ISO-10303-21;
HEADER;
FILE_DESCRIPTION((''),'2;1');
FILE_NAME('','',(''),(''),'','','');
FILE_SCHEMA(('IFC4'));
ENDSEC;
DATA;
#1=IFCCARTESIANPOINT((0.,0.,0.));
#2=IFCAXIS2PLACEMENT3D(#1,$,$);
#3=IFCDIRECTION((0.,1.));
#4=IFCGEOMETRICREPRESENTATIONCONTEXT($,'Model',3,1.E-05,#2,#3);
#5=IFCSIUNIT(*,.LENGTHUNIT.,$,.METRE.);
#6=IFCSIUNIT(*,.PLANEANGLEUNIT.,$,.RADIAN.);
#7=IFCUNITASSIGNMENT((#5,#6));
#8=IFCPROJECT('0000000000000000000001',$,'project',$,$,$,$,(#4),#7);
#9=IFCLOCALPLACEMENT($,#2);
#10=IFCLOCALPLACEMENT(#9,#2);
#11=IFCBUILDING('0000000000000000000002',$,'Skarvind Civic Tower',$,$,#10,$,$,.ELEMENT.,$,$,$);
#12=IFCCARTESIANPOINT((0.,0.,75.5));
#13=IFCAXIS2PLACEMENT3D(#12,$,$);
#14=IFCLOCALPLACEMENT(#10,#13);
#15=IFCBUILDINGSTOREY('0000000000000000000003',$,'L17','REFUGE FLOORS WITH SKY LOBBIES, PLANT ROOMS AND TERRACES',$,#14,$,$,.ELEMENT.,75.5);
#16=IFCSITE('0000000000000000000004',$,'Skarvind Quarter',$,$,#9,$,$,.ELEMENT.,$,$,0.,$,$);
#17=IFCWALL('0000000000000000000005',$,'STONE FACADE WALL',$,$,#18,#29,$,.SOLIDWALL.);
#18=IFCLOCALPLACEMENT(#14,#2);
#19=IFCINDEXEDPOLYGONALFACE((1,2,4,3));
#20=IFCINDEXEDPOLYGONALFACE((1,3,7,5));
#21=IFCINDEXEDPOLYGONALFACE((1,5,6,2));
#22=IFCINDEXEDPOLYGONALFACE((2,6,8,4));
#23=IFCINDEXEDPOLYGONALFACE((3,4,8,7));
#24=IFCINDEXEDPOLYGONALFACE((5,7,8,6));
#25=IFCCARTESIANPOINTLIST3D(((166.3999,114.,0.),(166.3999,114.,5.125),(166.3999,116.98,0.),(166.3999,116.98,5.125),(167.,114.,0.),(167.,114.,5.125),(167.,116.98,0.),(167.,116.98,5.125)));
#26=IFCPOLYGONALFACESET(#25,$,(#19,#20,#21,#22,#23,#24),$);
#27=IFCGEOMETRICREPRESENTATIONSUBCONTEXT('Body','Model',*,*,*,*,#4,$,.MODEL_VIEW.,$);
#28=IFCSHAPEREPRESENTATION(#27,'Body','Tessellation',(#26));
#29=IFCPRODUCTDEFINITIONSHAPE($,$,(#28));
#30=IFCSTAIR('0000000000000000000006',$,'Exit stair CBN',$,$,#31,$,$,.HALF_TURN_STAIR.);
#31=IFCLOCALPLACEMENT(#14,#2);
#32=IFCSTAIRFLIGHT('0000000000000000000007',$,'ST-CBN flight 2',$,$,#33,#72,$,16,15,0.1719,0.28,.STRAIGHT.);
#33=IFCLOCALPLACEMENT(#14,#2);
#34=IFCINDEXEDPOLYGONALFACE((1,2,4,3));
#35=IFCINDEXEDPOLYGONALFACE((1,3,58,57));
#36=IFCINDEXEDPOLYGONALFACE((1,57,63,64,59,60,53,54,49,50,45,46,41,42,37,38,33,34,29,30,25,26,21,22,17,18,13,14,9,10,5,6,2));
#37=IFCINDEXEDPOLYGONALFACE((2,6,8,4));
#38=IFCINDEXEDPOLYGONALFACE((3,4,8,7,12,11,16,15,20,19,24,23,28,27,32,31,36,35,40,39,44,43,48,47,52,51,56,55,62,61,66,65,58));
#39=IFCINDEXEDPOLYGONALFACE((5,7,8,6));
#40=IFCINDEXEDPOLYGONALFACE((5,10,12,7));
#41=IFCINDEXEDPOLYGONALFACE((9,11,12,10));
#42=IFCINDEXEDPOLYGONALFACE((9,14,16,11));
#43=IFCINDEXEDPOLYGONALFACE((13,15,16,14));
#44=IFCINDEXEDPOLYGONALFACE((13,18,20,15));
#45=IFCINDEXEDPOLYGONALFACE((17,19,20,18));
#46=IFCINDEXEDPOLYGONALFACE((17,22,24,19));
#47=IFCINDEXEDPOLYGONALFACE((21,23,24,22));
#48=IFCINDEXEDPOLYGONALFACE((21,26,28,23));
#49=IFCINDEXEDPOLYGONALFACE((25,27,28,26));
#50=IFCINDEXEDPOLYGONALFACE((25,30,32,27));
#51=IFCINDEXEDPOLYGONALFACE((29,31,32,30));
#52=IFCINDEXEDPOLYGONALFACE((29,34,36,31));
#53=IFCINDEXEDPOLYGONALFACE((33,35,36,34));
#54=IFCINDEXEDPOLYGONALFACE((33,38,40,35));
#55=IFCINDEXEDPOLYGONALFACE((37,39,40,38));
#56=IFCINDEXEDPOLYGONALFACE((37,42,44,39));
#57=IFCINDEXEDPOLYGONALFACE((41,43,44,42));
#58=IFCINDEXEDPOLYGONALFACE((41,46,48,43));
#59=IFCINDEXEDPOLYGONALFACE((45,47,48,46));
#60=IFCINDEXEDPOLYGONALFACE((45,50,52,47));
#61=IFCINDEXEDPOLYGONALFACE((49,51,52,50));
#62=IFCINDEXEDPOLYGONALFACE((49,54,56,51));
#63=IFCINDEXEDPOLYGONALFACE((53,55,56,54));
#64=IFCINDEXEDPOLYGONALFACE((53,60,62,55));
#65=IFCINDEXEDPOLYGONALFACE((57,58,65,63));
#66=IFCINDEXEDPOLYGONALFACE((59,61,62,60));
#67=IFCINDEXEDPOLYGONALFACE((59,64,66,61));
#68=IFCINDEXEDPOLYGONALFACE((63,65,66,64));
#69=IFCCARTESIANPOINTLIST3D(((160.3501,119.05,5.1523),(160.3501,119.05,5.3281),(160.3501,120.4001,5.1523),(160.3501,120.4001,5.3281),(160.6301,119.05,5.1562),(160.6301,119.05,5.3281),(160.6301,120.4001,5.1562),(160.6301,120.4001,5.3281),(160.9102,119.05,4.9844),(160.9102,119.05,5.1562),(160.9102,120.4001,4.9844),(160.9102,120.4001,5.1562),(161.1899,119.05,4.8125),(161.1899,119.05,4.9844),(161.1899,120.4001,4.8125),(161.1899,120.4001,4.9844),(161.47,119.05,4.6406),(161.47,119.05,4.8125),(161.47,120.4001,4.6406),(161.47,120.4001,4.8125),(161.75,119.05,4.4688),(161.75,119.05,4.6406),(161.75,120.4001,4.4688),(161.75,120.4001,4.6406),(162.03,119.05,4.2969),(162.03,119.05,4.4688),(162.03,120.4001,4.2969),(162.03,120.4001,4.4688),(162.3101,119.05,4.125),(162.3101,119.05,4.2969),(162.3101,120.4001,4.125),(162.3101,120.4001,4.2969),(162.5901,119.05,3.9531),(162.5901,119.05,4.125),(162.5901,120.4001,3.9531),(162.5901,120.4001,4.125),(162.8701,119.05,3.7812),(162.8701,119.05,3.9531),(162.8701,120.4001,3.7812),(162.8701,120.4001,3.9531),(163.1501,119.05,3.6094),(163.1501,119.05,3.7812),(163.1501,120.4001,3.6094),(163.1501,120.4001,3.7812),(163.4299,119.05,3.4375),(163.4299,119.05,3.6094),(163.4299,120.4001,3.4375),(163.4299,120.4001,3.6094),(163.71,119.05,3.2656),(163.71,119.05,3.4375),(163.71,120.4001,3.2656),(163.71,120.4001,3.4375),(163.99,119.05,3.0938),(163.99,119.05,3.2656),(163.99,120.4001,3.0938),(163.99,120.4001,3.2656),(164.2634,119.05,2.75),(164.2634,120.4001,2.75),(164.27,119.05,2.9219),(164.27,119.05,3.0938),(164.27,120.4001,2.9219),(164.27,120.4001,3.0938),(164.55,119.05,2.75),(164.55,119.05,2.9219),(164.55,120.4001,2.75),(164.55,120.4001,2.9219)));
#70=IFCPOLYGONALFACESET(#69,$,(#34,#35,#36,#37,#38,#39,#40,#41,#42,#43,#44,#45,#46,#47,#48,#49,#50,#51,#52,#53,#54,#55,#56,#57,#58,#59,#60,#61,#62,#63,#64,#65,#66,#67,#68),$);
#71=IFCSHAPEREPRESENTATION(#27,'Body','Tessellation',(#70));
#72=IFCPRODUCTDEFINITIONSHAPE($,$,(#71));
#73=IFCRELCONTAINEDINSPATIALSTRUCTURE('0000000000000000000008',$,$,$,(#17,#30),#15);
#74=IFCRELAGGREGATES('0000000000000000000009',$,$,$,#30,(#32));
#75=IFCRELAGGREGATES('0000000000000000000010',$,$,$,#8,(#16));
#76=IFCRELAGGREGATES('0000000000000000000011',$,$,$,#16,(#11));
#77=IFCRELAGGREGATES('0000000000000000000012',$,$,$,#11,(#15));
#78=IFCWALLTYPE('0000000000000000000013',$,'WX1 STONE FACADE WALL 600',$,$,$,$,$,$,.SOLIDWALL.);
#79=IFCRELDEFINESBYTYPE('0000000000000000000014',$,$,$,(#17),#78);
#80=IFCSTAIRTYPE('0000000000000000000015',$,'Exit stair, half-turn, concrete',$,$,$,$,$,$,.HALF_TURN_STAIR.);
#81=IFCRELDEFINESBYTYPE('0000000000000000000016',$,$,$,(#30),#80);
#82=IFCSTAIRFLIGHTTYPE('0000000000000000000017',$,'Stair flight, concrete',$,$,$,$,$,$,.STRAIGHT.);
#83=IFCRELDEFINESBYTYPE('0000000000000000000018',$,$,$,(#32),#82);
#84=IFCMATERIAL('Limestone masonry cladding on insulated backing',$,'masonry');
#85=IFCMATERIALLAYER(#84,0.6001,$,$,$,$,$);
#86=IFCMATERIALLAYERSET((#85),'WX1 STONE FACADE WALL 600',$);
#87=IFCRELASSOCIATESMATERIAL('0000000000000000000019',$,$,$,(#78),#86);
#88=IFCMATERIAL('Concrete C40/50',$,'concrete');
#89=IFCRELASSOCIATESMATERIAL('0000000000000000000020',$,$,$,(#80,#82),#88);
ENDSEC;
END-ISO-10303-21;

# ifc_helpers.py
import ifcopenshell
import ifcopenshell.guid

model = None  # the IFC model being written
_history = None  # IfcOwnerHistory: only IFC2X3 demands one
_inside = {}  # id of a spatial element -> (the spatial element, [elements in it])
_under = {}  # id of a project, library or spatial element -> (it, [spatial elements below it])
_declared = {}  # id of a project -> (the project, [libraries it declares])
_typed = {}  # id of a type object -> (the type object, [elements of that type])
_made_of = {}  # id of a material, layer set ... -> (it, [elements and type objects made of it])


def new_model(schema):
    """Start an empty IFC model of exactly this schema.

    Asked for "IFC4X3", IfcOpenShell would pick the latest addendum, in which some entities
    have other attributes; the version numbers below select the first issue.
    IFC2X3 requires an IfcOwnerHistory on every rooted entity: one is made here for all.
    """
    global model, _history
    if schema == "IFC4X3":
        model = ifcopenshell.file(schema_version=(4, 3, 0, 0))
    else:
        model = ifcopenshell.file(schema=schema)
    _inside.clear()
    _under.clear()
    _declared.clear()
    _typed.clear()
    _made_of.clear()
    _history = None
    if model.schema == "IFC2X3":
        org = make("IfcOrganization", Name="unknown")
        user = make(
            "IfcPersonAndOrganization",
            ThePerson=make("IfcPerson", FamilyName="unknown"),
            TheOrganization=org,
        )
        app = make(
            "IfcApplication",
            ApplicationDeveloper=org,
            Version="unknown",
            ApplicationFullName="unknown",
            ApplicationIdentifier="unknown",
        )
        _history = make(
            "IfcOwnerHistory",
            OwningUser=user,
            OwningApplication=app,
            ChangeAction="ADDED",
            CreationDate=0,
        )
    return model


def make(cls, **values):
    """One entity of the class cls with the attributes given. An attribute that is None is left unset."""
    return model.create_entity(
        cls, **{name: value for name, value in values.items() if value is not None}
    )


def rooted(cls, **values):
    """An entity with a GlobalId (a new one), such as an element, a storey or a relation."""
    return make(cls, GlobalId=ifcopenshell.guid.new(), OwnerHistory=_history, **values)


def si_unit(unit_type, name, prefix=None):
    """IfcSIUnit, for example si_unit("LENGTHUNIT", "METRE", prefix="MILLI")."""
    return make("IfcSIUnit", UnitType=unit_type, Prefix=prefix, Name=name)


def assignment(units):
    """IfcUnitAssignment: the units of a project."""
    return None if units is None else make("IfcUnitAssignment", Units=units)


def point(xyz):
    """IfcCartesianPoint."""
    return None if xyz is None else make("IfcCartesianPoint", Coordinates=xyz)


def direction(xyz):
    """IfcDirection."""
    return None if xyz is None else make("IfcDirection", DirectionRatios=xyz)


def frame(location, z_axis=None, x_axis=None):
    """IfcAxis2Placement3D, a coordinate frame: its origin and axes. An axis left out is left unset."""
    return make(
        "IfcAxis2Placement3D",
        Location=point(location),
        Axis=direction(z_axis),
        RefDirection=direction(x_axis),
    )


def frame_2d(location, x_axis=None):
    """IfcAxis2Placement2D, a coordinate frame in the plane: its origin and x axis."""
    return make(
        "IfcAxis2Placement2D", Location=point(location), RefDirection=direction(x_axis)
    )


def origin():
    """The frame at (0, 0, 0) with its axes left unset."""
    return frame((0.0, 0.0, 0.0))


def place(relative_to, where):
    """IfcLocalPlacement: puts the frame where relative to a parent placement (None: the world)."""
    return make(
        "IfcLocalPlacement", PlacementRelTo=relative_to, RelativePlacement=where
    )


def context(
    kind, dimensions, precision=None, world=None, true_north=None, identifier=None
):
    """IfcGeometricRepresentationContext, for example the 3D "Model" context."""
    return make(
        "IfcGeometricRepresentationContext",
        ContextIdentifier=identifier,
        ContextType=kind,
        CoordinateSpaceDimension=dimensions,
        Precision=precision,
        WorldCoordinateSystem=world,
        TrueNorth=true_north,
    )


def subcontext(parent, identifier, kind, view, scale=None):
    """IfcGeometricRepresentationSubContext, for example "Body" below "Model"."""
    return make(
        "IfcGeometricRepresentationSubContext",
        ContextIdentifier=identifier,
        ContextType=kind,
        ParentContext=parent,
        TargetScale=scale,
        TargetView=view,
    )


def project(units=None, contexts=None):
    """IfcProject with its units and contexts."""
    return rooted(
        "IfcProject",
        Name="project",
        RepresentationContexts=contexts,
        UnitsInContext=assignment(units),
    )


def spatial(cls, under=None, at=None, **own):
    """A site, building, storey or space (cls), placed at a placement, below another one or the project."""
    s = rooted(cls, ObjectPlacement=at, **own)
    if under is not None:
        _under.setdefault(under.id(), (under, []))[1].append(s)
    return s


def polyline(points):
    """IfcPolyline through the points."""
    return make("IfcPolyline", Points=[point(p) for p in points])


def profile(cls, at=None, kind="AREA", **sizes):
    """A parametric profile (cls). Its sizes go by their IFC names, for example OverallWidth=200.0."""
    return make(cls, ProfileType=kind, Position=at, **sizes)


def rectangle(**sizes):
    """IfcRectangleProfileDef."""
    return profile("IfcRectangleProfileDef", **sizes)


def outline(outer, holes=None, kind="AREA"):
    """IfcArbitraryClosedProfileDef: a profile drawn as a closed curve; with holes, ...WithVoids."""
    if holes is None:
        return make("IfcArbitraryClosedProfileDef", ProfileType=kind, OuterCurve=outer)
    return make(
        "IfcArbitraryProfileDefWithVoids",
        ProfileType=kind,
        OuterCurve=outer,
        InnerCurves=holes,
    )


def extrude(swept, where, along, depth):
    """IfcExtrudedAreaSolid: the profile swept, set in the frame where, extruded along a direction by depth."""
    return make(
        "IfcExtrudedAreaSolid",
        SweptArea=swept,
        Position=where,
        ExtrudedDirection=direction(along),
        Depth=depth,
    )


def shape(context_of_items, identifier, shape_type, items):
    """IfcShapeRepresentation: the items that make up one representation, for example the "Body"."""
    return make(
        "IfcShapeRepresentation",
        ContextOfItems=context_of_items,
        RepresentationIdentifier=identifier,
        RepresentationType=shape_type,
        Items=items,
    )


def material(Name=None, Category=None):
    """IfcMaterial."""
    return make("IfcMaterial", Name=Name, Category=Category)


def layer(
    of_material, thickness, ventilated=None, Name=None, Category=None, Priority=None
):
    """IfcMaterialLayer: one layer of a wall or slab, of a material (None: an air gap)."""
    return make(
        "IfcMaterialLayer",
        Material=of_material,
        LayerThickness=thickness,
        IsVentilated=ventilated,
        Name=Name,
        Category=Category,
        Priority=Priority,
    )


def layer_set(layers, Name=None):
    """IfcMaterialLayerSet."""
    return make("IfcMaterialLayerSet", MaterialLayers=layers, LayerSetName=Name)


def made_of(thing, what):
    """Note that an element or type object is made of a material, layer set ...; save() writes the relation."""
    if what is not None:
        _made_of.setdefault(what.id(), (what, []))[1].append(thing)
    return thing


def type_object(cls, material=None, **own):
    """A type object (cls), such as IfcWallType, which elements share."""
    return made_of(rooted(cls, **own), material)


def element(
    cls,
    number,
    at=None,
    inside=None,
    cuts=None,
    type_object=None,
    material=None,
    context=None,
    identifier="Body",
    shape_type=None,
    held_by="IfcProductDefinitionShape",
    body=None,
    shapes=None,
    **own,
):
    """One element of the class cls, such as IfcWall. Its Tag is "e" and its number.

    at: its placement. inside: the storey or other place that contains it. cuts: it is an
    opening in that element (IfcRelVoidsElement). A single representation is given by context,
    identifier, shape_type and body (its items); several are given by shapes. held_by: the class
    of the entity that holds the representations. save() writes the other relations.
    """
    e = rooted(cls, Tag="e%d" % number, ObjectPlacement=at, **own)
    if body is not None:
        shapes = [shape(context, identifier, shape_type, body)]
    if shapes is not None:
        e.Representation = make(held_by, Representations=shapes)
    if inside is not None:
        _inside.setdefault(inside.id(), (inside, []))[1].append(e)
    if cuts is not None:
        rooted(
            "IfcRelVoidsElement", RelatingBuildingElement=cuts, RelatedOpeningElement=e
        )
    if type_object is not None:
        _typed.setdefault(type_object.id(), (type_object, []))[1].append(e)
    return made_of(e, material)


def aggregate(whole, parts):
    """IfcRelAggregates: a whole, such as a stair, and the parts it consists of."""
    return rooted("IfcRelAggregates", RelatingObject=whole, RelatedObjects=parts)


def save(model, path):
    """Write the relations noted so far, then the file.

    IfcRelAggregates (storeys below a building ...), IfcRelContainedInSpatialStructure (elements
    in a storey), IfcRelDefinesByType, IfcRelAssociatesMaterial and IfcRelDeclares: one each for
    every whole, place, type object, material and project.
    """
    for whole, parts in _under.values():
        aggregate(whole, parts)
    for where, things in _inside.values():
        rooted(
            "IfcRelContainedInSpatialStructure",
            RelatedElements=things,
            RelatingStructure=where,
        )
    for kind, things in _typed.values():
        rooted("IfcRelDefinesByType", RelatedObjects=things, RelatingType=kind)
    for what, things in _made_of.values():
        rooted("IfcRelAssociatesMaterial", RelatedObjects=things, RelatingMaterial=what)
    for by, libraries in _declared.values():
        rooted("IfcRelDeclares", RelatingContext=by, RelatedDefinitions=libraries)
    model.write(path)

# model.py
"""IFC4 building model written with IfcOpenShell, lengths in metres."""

from ifc_helpers import new_model, si_unit, direction, frame, frame_2d, origin, place, context, subcontext, project, spatial, polyline, rectangle, outline, extrude, material, layer, layer_set, type_object, element, aggregate, save


model = new_model("IFC4")

# Units and contexts
model_context = context("Model", 3, precision=1e-05, world=origin(), true_north=direction((0.0, 1.0)))
body_context = subcontext(model_context, "Body", "Model", "MODEL_VIEW")
ifc_project = project(units=[si_unit("LENGTHUNIT", "METRE"), si_unit("PLANEANGLEUNIT", "RADIAN")], contexts=[model_context])

# Site, building, storey
site_placement = place(None, origin())
site = spatial("IfcSite", under=ifc_project, at=site_placement, Name="Skarvind Quarter", CompositionType="ELEMENT", RefElevation=0.0)
building_placement = place(site_placement, origin())
building = spatial("IfcBuilding", under=site, at=building_placement, Name="Skarvind Civic Tower", CompositionType="ELEMENT")
storey_placement = place(building_placement, frame((0.0, 0.0, 75.5)))
storey = spatial("IfcBuildingStorey", under=building, at=storey_placement, Name="L17", Description="REFUGE FLOORS WITH SKY LOBBIES, PLANT ROOMS AND TERRACES", CompositionType="ELEMENT", Elevation=75.5)

# Wall
ifc_material_1 = material(Name="Limestone masonry cladding on insulated backing", Category="masonry")
ifc_layer_1 = layer(ifc_material_1, 0.6001)
ifc_layer_set_1 = layer_set([ifc_layer_1], Name="WX1 STONE FACADE WALL 600")
wall_type_1 = type_object("IfcWallType", Name="WX1 STONE FACADE WALL 600", PredefinedType="SOLIDWALL", material=ifc_layer_set_1)
wall_1_placement = place(storey_placement, frame((166.7, 116.98, 0.0), z_axis=(0.0, 0.0, 1.0), x_axis=(0.0, -1.0, 0.0)))
element("IfcWall", 1, at=wall_1_placement, inside=storey, type_object=wall_type_1, Name="STONE FACADE WALL", PredefinedType="SOLIDWALL", context=body_context, shape_type="SweptSolid", body=[
    extrude(rectangle(XDim=2.98, YDim=0.6001, at=frame_2d((1.49, 0.0))), origin(), (0.0, 0.0, 1.0), 5.125),
])

# Stair, stair flight
ifc_material_2 = material(Name="Concrete C40/50", Category="concrete")
stair_type = type_object("IfcStairType", Name="Exit stair, half-turn, concrete", PredefinedType="HALF_TURN_STAIR", material=ifc_material_2)
stair_placement = place(storey_placement, origin())
stair = element("IfcStair", 2, at=stair_placement, inside=storey, type_object=stair_type, Name="Exit stair CBN", PredefinedType="HALF_TURN_STAIR")
stair_flight_type = type_object("IfcStairFlightType", Name="Stair flight, concrete", PredefinedType="STRAIGHT", material=ifc_material_2)
stair_flight_placement = place(storey_placement, frame((164.55, 119.7251, 2.75), z_axis=(0.0, 0.0, 1.0), x_axis=(-1.0, 0.0, 0.0)))
stair_flight = element("IfcStairFlight", 3, at=stair_flight_placement, type_object=stair_flight_type, Name="ST-CBN flight 2", NumberOfRisers=16, NumberOfTreads=15, PredefinedType="STRAIGHT", RiserHeight=0.1719, TreadLength=0.28, context=body_context, shape_type="SweptSolid", body=[
    extrude(outline(polyline([(0.0, 0.0), (0.0, 0.1719), (0.28, 0.1719), (0.28, 0.3438), (0.5601, 0.3438), (0.5601, 0.5156), (0.8401, 0.5156), (0.8401, 0.6875), (1.1201, 0.6875), (1.1201, 0.8594), (1.3999, 0.8594), (1.3999, 1.0312), (1.6799, 1.0312), (1.6799, 1.2031), (1.96, 1.2031), (1.96, 1.375), (2.24, 1.375), (2.24, 1.5469), (2.52, 1.5469), (2.52, 1.7188), (2.8, 1.7188), (2.8, 1.8906), (3.0801, 1.8906), (3.0801, 2.0625), (3.3601, 2.0625), (3.3601, 2.2344), (3.6399, 2.2344), (3.6399, 2.4062), (3.9199, 2.4062), (3.9199, 2.5781), (4.2, 2.5781), (4.2, 2.75), (4.2, 2.4023), (0.2866, 0.0), (0.0, 0.0)])), frame((0.0, 0.675, 0.0), z_axis=(0.0, -1.0, 0.0), x_axis=(1.0, 0.0, 0.0)), (0.0, 0.0, 1.0), 1.3501),
])
aggregate(stair, [stair_flight])

save(model, "model.ifc")
